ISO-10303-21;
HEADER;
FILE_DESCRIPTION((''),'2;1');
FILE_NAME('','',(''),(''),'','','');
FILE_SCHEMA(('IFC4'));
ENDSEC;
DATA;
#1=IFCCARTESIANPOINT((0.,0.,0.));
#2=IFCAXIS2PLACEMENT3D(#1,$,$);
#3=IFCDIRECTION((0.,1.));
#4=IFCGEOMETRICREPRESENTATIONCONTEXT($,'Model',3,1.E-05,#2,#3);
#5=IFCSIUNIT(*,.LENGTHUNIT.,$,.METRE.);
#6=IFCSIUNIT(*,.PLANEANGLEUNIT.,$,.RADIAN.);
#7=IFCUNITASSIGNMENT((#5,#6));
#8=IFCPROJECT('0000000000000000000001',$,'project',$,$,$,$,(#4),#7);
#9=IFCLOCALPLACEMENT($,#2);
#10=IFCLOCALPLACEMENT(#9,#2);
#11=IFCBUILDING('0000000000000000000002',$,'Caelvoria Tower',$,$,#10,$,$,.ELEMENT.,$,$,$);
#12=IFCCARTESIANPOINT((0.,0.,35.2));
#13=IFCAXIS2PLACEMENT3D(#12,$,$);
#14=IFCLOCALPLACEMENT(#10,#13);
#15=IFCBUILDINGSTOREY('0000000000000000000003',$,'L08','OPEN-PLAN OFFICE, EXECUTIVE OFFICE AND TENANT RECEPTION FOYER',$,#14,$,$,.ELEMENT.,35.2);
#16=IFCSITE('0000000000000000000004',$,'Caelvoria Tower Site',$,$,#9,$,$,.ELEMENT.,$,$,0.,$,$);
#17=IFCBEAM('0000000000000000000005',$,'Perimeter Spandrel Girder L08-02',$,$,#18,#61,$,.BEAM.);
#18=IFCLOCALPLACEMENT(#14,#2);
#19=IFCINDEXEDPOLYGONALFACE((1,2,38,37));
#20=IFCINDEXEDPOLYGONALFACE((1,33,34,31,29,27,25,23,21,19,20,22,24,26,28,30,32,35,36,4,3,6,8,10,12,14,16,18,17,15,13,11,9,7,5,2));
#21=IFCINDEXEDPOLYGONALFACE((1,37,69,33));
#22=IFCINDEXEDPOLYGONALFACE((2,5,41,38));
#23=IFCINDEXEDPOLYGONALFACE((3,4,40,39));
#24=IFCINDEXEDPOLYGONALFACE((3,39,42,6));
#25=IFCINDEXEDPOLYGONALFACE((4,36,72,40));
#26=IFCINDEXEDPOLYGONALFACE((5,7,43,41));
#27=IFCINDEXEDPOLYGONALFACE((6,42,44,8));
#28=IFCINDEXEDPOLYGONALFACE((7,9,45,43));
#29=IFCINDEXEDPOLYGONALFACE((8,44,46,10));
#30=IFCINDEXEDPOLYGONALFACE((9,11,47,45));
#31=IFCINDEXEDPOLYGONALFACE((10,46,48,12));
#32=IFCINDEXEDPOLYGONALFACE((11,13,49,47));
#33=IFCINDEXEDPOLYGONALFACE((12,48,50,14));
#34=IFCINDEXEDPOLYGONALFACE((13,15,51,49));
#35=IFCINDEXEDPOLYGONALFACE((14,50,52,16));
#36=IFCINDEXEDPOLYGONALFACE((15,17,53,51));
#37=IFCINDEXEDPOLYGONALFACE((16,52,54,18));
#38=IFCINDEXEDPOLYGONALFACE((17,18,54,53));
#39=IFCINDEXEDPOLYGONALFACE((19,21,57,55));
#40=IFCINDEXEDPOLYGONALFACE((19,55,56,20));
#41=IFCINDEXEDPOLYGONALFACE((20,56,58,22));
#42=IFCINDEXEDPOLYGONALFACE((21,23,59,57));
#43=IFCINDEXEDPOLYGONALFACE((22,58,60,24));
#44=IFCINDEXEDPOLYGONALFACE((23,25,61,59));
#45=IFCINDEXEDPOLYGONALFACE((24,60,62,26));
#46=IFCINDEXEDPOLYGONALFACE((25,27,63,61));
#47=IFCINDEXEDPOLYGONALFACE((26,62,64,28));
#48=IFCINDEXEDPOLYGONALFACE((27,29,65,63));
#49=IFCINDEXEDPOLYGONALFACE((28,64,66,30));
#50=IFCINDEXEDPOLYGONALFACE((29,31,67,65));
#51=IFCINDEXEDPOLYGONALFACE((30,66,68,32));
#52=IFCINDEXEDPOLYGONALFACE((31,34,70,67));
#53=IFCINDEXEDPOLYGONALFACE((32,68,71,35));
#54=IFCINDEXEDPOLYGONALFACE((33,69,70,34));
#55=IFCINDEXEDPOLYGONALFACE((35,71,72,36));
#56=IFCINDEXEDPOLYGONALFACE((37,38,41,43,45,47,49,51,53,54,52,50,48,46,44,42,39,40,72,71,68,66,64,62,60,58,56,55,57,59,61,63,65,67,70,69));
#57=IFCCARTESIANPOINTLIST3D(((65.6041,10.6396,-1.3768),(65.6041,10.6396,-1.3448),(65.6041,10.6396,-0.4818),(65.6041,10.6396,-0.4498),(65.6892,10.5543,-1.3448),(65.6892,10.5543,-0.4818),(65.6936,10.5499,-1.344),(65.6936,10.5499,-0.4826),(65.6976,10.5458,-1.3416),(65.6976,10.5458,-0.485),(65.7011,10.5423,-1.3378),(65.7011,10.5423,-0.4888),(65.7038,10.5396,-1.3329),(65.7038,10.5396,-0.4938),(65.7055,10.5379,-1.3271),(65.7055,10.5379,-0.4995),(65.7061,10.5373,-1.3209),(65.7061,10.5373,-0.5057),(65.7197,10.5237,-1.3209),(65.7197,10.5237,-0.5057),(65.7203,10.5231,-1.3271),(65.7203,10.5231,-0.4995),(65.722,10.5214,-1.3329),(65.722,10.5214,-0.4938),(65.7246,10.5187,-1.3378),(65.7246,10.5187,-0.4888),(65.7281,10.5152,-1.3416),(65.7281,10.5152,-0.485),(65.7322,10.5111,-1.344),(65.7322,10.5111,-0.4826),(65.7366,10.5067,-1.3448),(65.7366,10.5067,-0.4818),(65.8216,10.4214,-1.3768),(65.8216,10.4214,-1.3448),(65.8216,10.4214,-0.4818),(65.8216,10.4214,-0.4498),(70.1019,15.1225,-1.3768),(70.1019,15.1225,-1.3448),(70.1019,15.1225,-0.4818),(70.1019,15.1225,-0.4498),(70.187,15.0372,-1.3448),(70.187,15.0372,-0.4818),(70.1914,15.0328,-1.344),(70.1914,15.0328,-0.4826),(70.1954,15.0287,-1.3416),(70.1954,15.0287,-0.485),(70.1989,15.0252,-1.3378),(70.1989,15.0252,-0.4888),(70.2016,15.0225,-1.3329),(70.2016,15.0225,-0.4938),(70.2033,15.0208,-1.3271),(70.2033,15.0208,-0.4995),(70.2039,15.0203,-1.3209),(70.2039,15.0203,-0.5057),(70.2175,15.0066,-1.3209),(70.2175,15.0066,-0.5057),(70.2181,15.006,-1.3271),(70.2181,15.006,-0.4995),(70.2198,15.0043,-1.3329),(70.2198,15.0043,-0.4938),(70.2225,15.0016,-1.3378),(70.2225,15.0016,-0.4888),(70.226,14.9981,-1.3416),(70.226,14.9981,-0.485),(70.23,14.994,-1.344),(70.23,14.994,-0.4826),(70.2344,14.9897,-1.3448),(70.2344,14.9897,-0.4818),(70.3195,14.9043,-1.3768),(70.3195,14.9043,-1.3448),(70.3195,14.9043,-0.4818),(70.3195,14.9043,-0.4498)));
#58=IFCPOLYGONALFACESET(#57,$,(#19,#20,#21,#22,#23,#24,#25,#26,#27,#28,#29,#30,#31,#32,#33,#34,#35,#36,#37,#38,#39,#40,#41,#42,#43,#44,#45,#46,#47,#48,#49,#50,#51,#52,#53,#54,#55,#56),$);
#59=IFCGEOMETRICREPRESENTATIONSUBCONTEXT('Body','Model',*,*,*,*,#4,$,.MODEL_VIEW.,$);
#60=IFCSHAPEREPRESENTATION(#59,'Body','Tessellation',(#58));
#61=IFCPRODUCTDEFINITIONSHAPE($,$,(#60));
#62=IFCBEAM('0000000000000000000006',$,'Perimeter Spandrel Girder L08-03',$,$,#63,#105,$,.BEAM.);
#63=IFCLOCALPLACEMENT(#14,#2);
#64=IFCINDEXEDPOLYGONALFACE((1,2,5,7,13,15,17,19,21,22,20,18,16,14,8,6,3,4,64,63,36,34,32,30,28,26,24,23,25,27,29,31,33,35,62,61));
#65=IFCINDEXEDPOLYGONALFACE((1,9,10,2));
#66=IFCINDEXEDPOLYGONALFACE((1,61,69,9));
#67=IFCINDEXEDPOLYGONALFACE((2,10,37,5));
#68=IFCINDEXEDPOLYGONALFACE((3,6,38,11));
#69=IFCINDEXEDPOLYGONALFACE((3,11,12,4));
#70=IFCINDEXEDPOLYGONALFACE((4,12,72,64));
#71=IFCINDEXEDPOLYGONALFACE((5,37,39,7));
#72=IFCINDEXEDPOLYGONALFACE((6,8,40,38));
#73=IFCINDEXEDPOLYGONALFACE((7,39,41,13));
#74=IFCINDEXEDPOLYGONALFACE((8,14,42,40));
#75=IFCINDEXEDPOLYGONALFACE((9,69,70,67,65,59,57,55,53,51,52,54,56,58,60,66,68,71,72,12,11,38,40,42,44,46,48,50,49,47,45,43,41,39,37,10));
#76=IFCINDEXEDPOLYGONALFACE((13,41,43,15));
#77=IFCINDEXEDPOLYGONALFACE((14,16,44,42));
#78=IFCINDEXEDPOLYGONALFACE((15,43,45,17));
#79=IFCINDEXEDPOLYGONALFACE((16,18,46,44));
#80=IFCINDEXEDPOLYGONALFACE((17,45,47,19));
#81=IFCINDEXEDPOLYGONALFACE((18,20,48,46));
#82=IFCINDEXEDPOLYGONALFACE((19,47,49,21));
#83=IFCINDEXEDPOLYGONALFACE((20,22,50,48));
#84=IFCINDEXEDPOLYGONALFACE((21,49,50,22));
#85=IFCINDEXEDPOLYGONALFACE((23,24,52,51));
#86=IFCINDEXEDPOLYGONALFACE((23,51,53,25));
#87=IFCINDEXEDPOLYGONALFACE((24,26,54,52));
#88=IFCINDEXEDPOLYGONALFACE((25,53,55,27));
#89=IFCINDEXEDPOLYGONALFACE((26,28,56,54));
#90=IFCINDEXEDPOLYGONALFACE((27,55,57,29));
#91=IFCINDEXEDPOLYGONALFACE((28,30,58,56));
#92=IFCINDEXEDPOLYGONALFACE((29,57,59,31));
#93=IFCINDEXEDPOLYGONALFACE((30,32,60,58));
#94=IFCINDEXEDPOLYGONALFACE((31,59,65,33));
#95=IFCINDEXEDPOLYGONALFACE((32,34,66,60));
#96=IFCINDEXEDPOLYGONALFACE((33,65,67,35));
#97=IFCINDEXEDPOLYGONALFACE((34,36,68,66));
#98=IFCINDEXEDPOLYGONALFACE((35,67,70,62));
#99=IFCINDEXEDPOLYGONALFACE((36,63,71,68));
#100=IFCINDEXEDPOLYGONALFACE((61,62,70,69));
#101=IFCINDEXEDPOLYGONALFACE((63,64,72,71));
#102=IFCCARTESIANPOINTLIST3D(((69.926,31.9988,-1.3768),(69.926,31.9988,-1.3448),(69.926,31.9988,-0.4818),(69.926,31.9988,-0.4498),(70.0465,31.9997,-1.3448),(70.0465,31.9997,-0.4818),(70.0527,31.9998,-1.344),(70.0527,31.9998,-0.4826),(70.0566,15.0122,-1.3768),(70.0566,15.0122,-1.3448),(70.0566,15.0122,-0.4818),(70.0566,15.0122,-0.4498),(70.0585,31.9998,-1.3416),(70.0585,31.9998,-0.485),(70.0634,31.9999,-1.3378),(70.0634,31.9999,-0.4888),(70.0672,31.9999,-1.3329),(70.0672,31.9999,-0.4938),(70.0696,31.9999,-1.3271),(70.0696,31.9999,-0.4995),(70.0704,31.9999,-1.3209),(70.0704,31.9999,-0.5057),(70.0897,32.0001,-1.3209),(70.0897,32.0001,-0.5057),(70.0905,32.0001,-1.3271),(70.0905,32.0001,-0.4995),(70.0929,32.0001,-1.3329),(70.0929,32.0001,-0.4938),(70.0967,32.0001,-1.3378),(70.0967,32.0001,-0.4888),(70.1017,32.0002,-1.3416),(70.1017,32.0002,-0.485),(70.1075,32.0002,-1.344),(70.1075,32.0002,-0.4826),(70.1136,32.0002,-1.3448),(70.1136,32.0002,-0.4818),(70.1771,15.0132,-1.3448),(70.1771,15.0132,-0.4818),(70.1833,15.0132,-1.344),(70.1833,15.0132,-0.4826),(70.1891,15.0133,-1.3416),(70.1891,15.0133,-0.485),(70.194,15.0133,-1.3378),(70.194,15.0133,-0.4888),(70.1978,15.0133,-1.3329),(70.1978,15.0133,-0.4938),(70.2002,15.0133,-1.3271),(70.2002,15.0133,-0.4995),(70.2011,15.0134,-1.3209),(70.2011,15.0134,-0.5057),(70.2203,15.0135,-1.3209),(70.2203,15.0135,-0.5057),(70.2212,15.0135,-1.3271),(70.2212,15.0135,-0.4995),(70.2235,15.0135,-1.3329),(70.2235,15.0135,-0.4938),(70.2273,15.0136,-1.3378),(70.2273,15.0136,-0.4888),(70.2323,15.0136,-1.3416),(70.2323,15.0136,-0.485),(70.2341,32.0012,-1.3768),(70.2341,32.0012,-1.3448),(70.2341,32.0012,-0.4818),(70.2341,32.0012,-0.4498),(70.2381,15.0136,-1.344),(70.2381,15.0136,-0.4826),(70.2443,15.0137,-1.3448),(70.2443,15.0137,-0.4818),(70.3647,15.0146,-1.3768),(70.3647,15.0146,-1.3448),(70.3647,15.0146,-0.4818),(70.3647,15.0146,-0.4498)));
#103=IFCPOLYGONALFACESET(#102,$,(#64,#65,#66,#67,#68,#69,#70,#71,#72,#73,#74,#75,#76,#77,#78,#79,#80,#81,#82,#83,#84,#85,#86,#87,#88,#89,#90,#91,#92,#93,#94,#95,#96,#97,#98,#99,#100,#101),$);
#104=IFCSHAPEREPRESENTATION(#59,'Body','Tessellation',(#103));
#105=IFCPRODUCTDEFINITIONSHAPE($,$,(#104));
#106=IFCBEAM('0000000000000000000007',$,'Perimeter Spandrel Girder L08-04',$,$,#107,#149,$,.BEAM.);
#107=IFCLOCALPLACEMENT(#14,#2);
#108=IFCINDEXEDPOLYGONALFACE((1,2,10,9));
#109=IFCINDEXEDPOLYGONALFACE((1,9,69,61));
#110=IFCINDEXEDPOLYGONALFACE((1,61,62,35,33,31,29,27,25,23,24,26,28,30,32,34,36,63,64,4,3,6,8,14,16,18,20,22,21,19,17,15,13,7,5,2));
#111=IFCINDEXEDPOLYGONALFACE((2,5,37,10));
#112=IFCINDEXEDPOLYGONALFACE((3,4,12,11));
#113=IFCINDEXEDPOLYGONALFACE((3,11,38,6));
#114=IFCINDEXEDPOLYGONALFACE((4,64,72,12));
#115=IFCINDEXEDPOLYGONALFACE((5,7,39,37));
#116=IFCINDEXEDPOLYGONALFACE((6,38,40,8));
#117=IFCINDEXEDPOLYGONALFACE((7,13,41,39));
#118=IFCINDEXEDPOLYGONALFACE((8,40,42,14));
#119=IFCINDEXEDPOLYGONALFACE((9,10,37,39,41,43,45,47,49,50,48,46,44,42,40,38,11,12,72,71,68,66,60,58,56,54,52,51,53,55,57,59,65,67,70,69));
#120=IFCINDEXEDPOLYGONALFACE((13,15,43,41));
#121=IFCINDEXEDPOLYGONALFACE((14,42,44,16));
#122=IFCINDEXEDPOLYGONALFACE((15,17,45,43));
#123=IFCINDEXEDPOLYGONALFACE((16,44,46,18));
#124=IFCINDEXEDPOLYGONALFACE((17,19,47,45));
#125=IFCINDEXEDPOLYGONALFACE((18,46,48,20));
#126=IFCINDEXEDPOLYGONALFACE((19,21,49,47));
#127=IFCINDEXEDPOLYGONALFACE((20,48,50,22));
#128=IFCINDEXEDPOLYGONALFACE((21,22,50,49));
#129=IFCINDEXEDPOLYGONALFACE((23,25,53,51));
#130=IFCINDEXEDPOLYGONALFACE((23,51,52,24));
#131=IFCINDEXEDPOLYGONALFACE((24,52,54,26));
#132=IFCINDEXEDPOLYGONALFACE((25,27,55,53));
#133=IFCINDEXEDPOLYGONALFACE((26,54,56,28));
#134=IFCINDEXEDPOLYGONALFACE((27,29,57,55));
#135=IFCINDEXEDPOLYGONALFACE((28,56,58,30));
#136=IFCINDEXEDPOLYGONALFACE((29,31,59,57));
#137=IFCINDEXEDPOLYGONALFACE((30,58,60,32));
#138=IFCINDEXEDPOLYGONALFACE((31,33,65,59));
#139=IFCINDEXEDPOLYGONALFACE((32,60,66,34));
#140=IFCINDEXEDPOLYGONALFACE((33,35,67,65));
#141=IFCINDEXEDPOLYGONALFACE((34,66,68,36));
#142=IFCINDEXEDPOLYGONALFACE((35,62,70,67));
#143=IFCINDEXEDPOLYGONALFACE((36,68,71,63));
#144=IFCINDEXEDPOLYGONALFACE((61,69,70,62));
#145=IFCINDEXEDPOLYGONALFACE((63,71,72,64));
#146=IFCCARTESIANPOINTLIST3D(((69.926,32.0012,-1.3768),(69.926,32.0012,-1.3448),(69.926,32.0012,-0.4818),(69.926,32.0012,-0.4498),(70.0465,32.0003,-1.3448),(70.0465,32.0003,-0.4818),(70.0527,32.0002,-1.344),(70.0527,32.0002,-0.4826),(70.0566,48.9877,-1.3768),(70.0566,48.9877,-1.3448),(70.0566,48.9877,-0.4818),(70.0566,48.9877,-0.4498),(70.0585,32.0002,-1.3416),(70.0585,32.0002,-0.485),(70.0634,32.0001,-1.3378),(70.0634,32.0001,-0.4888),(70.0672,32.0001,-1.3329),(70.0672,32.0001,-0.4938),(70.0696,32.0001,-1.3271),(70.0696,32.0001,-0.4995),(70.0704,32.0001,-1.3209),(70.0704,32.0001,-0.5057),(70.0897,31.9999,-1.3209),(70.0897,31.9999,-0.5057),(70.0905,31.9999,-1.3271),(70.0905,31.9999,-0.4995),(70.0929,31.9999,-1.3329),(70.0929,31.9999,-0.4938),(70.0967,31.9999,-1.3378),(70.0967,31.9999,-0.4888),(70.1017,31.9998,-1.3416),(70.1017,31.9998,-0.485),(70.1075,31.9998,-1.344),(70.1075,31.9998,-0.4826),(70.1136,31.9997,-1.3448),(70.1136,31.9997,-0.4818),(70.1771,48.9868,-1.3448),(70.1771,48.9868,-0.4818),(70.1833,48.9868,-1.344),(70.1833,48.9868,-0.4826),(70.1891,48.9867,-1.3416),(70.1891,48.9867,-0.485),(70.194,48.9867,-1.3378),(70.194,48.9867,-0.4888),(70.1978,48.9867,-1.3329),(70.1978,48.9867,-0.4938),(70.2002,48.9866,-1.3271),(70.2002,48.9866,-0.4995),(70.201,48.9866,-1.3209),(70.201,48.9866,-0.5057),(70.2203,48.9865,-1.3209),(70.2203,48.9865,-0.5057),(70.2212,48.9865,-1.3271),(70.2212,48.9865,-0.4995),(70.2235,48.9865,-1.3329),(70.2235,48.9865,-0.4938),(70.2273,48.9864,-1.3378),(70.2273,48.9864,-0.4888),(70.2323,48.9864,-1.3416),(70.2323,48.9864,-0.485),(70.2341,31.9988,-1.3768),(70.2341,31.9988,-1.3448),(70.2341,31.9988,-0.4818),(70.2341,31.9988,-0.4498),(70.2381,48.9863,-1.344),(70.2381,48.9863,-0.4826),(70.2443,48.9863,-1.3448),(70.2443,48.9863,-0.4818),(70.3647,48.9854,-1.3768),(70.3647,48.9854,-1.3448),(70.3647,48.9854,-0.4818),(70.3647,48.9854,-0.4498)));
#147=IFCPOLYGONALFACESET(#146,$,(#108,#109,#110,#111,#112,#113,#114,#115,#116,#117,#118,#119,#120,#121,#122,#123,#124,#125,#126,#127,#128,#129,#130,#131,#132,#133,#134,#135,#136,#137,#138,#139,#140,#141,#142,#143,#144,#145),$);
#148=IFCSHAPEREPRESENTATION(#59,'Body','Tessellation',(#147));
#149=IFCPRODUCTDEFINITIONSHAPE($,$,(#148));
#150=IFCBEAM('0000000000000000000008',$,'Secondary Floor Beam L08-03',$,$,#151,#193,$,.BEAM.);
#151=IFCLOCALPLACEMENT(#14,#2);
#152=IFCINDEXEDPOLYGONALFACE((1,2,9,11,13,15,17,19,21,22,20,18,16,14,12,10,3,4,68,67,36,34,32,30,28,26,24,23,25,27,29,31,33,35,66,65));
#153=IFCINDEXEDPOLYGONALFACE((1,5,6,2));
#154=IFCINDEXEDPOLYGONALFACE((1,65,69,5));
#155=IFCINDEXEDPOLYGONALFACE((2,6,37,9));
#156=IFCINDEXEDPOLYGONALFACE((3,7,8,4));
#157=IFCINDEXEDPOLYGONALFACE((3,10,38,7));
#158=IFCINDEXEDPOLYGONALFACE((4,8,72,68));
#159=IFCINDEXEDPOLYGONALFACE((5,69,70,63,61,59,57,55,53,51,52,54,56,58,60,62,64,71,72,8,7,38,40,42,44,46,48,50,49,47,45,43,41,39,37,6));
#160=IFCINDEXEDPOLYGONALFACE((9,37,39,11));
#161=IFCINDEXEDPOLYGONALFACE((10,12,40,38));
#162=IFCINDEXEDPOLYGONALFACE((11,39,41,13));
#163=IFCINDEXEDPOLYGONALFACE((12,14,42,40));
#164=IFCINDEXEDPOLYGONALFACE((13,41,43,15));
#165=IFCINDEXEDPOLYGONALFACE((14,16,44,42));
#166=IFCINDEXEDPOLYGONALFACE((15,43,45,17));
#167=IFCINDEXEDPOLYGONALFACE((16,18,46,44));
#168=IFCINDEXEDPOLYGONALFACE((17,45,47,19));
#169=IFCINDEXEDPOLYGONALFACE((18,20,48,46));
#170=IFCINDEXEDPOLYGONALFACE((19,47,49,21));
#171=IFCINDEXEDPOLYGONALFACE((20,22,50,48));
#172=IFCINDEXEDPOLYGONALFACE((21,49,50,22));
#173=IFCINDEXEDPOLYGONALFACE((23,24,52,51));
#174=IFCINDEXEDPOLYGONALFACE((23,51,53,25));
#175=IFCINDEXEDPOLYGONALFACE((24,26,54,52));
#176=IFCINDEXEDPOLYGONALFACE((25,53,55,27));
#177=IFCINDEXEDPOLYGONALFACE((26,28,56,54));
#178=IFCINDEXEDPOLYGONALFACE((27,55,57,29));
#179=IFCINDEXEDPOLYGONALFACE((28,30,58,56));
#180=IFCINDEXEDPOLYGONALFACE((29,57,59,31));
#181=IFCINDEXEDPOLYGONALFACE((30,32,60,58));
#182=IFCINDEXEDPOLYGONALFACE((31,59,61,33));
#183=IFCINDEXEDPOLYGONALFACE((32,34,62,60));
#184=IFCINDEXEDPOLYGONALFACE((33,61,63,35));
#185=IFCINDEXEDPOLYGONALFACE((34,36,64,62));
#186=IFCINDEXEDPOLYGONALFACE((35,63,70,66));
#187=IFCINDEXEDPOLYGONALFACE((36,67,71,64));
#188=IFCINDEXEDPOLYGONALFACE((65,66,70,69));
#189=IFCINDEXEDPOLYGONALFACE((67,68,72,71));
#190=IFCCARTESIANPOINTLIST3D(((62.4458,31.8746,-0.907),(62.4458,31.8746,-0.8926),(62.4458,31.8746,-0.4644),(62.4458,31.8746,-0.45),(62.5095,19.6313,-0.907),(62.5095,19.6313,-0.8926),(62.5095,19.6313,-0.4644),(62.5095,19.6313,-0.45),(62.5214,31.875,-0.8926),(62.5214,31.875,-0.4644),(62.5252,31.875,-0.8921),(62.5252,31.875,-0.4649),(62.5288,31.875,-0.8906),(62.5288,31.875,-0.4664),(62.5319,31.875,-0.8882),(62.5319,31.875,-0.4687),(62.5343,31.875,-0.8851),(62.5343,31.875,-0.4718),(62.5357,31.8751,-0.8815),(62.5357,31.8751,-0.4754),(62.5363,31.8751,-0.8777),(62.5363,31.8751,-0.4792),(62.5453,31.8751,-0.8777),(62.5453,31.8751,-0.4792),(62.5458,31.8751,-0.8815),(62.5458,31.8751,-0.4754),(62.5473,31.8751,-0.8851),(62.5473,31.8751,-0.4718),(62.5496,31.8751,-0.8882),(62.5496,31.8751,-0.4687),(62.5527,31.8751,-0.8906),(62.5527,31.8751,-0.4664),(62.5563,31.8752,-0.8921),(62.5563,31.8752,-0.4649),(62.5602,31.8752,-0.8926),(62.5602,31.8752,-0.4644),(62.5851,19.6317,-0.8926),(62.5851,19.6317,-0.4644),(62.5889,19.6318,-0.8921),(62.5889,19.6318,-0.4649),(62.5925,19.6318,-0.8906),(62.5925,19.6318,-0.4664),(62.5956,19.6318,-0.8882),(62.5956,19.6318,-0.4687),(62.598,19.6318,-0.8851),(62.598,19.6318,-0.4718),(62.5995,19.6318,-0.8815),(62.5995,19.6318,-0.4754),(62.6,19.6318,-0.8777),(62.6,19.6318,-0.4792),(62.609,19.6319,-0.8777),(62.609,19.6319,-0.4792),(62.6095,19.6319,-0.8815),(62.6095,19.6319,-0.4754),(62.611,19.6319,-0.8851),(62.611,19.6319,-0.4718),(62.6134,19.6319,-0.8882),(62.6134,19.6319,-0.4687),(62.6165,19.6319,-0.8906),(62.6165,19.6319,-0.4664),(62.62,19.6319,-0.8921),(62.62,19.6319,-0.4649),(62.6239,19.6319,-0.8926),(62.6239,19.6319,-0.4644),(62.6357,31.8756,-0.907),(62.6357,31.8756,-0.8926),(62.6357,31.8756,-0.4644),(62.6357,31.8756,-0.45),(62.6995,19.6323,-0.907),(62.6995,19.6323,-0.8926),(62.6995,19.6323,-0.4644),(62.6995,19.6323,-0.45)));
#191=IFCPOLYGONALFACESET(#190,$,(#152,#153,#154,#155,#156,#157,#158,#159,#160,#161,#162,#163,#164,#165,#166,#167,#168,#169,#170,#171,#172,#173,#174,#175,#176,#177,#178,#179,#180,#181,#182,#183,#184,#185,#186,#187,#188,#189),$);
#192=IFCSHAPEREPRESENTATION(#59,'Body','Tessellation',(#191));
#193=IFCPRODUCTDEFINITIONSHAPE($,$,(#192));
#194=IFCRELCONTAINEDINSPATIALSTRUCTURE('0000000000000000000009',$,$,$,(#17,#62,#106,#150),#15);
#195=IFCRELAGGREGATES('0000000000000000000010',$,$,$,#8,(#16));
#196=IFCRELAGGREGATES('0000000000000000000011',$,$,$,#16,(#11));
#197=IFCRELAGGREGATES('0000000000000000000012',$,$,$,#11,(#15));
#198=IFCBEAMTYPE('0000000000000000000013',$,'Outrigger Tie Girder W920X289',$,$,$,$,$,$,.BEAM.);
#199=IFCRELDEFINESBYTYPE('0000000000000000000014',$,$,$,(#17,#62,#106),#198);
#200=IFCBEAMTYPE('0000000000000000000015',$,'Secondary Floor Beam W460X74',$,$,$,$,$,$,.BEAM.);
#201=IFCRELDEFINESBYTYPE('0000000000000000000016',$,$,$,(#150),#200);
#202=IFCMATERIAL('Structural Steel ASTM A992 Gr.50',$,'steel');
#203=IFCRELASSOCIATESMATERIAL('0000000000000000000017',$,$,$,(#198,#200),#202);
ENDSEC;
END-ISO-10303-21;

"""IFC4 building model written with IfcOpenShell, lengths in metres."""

from ifc_helpers import new_model, si_unit, direction, frame, origin, origin_2d, place, context, subcontext, project, spatial, i_section, extrude, material, material_profile, profile_set, type_object, element, save


model = new_model("IFC4")

# Units and contexts
model_context = context("Model", 3, precision=1e-05, world=origin(), true_north=direction((0.0, 1.0)))
body_context = subcontext(model_context, "Body", "Model", "MODEL_VIEW")
ifc_project = project(units=[si_unit("LENGTHUNIT", "METRE"), si_unit("PLANEANGLEUNIT", "RADIAN")], contexts=[model_context])

# Site, building, storey
site_placement = place(None, origin())
site = spatial("IfcSite", under=ifc_project, at=site_placement, Name="Caelvoria Tower Site", CompositionType="ELEMENT", RefElevation=0.0)
building_placement = place(site_placement, origin())
building = spatial("IfcBuilding", under=site, at=building_placement, Name="Caelvoria Tower", CompositionType="ELEMENT")
storey_placement = place(building_placement, frame((0.0, 0.0, 35.2)))
storey = spatial("IfcBuildingStorey", under=building, at=storey_placement, Name="L08", Description="OPEN-PLAN OFFICE, EXECUTIVE OFFICE AND TENANT RECEPTION FOYER", CompositionType="ELEMENT", Elevation=35.2)

# Beams
ifc_material_1 = material(Name="Structural Steel ASTM A992 Gr.50", Category="steel")
ifc_material_profile_1 = material_profile(ifc_material_1, i_section(OverallWidth=0.3081, OverallDepth=0.927, WebThickness=0.0193, FlangeThickness=0.032, FilletRadius=0.0239, at=origin_2d()), Name="Structural Steel ASTM A992 Gr.50")
ifc_profile_set_1 = profile_set([ifc_material_profile_1], Name="W920X289 - Structural Steel ASTM A992 Gr.50")
beam_type_1 = type_object("IfcBeamType", Name="Outrigger Tie Girder W920X289", PredefinedType="BEAM", material=ifc_profile_set_1)
beam_1_placement = place(storey_placement, frame((65.7129, 10.5305, -0.9133), z_axis=(0.708278, 0.705933, 0.0), x_axis=(-0.705933, 0.708278, 0.0)))
element("IfcBeam", 1, at=beam_1_placement, inside=storey, type_object=beam_type_1, Name="Perimeter Spandrel Girder L08-02", PredefinedType="BEAM", context=body_context, shape_type="SweptSolid", body=[
    extrude(i_section(OverallWidth=0.3081, OverallDepth=0.927, WebThickness=0.0193, FlangeThickness=0.032, FilletRadius=0.0239, at=origin_2d()), origin(), (0.0, 0.0, 1.0), 6.3503),
])
for number, where, z_axis, x_axis, name in (
    (2, (70.2107, 15.0134, -0.9133), (-0.007689, 0.99997, 0.0), (-0.99997, -0.007689, 0.0), "Perimeter Spandrel Girder L08-03"),
    (3, (70.0801, 32.0, -0.9133), (0.007689, 0.99997, 0.0), (-0.99997, 0.007689, 0.0), "Perimeter Spandrel Girder L08-04"),
):
    element("IfcBeam", number, at=place(storey_placement, frame(where, z_axis=z_axis, x_axis=x_axis)), inside=storey, type_object=beam_type_1, Name=name, PredefinedType="BEAM", context=body_context, shape_type="SweptSolid", body=[
        extrude(i_section(OverallWidth=0.3081, OverallDepth=0.927, WebThickness=0.0193, FlangeThickness=0.032, FilletRadius=0.0239, at=origin_2d()), origin(), (0.0, 0.0, 1.0), 16.9871),
    ])
ifc_material_profile_2 = material_profile(ifc_material_1, i_section(OverallWidth=0.1899, OverallDepth=0.457, WebThickness=0.009, FlangeThickness=0.0144, FilletRadius=0.0149, at=origin_2d()), Name="Structural Steel ASTM A992 Gr.50")
ifc_profile_set_2 = profile_set([ifc_material_profile_2], Name="W460X74 - Structural Steel ASTM A992 Gr.50")
beam_type_2 = type_object("IfcBeamType", Name="Secondary Floor Beam W460X74", PredefinedType="BEAM", material=ifc_profile_set_2)
beam_2_placement = place(storey_placement, frame((62.6045, 19.6318, -0.6785), z_axis=(-0.005205, 0.999986, 0.0), x_axis=(-0.999986, -0.005205, 0.0)))
element("IfcBeam", 4, at=beam_2_placement, inside=storey, type_object=beam_type_2, Name="Secondary Floor Beam L08-03", PredefinedType="BEAM", context=body_context, shape_type="SweptSolid", body=[
    extrude(i_section(OverallWidth=0.1899, OverallDepth=0.457, WebThickness=0.009, FlangeThickness=0.0144, FilletRadius=0.0149, at=origin_2d()), origin(), (0.0, 0.0, 1.0), 12.2434),
])

save(model, "model.ifc")
